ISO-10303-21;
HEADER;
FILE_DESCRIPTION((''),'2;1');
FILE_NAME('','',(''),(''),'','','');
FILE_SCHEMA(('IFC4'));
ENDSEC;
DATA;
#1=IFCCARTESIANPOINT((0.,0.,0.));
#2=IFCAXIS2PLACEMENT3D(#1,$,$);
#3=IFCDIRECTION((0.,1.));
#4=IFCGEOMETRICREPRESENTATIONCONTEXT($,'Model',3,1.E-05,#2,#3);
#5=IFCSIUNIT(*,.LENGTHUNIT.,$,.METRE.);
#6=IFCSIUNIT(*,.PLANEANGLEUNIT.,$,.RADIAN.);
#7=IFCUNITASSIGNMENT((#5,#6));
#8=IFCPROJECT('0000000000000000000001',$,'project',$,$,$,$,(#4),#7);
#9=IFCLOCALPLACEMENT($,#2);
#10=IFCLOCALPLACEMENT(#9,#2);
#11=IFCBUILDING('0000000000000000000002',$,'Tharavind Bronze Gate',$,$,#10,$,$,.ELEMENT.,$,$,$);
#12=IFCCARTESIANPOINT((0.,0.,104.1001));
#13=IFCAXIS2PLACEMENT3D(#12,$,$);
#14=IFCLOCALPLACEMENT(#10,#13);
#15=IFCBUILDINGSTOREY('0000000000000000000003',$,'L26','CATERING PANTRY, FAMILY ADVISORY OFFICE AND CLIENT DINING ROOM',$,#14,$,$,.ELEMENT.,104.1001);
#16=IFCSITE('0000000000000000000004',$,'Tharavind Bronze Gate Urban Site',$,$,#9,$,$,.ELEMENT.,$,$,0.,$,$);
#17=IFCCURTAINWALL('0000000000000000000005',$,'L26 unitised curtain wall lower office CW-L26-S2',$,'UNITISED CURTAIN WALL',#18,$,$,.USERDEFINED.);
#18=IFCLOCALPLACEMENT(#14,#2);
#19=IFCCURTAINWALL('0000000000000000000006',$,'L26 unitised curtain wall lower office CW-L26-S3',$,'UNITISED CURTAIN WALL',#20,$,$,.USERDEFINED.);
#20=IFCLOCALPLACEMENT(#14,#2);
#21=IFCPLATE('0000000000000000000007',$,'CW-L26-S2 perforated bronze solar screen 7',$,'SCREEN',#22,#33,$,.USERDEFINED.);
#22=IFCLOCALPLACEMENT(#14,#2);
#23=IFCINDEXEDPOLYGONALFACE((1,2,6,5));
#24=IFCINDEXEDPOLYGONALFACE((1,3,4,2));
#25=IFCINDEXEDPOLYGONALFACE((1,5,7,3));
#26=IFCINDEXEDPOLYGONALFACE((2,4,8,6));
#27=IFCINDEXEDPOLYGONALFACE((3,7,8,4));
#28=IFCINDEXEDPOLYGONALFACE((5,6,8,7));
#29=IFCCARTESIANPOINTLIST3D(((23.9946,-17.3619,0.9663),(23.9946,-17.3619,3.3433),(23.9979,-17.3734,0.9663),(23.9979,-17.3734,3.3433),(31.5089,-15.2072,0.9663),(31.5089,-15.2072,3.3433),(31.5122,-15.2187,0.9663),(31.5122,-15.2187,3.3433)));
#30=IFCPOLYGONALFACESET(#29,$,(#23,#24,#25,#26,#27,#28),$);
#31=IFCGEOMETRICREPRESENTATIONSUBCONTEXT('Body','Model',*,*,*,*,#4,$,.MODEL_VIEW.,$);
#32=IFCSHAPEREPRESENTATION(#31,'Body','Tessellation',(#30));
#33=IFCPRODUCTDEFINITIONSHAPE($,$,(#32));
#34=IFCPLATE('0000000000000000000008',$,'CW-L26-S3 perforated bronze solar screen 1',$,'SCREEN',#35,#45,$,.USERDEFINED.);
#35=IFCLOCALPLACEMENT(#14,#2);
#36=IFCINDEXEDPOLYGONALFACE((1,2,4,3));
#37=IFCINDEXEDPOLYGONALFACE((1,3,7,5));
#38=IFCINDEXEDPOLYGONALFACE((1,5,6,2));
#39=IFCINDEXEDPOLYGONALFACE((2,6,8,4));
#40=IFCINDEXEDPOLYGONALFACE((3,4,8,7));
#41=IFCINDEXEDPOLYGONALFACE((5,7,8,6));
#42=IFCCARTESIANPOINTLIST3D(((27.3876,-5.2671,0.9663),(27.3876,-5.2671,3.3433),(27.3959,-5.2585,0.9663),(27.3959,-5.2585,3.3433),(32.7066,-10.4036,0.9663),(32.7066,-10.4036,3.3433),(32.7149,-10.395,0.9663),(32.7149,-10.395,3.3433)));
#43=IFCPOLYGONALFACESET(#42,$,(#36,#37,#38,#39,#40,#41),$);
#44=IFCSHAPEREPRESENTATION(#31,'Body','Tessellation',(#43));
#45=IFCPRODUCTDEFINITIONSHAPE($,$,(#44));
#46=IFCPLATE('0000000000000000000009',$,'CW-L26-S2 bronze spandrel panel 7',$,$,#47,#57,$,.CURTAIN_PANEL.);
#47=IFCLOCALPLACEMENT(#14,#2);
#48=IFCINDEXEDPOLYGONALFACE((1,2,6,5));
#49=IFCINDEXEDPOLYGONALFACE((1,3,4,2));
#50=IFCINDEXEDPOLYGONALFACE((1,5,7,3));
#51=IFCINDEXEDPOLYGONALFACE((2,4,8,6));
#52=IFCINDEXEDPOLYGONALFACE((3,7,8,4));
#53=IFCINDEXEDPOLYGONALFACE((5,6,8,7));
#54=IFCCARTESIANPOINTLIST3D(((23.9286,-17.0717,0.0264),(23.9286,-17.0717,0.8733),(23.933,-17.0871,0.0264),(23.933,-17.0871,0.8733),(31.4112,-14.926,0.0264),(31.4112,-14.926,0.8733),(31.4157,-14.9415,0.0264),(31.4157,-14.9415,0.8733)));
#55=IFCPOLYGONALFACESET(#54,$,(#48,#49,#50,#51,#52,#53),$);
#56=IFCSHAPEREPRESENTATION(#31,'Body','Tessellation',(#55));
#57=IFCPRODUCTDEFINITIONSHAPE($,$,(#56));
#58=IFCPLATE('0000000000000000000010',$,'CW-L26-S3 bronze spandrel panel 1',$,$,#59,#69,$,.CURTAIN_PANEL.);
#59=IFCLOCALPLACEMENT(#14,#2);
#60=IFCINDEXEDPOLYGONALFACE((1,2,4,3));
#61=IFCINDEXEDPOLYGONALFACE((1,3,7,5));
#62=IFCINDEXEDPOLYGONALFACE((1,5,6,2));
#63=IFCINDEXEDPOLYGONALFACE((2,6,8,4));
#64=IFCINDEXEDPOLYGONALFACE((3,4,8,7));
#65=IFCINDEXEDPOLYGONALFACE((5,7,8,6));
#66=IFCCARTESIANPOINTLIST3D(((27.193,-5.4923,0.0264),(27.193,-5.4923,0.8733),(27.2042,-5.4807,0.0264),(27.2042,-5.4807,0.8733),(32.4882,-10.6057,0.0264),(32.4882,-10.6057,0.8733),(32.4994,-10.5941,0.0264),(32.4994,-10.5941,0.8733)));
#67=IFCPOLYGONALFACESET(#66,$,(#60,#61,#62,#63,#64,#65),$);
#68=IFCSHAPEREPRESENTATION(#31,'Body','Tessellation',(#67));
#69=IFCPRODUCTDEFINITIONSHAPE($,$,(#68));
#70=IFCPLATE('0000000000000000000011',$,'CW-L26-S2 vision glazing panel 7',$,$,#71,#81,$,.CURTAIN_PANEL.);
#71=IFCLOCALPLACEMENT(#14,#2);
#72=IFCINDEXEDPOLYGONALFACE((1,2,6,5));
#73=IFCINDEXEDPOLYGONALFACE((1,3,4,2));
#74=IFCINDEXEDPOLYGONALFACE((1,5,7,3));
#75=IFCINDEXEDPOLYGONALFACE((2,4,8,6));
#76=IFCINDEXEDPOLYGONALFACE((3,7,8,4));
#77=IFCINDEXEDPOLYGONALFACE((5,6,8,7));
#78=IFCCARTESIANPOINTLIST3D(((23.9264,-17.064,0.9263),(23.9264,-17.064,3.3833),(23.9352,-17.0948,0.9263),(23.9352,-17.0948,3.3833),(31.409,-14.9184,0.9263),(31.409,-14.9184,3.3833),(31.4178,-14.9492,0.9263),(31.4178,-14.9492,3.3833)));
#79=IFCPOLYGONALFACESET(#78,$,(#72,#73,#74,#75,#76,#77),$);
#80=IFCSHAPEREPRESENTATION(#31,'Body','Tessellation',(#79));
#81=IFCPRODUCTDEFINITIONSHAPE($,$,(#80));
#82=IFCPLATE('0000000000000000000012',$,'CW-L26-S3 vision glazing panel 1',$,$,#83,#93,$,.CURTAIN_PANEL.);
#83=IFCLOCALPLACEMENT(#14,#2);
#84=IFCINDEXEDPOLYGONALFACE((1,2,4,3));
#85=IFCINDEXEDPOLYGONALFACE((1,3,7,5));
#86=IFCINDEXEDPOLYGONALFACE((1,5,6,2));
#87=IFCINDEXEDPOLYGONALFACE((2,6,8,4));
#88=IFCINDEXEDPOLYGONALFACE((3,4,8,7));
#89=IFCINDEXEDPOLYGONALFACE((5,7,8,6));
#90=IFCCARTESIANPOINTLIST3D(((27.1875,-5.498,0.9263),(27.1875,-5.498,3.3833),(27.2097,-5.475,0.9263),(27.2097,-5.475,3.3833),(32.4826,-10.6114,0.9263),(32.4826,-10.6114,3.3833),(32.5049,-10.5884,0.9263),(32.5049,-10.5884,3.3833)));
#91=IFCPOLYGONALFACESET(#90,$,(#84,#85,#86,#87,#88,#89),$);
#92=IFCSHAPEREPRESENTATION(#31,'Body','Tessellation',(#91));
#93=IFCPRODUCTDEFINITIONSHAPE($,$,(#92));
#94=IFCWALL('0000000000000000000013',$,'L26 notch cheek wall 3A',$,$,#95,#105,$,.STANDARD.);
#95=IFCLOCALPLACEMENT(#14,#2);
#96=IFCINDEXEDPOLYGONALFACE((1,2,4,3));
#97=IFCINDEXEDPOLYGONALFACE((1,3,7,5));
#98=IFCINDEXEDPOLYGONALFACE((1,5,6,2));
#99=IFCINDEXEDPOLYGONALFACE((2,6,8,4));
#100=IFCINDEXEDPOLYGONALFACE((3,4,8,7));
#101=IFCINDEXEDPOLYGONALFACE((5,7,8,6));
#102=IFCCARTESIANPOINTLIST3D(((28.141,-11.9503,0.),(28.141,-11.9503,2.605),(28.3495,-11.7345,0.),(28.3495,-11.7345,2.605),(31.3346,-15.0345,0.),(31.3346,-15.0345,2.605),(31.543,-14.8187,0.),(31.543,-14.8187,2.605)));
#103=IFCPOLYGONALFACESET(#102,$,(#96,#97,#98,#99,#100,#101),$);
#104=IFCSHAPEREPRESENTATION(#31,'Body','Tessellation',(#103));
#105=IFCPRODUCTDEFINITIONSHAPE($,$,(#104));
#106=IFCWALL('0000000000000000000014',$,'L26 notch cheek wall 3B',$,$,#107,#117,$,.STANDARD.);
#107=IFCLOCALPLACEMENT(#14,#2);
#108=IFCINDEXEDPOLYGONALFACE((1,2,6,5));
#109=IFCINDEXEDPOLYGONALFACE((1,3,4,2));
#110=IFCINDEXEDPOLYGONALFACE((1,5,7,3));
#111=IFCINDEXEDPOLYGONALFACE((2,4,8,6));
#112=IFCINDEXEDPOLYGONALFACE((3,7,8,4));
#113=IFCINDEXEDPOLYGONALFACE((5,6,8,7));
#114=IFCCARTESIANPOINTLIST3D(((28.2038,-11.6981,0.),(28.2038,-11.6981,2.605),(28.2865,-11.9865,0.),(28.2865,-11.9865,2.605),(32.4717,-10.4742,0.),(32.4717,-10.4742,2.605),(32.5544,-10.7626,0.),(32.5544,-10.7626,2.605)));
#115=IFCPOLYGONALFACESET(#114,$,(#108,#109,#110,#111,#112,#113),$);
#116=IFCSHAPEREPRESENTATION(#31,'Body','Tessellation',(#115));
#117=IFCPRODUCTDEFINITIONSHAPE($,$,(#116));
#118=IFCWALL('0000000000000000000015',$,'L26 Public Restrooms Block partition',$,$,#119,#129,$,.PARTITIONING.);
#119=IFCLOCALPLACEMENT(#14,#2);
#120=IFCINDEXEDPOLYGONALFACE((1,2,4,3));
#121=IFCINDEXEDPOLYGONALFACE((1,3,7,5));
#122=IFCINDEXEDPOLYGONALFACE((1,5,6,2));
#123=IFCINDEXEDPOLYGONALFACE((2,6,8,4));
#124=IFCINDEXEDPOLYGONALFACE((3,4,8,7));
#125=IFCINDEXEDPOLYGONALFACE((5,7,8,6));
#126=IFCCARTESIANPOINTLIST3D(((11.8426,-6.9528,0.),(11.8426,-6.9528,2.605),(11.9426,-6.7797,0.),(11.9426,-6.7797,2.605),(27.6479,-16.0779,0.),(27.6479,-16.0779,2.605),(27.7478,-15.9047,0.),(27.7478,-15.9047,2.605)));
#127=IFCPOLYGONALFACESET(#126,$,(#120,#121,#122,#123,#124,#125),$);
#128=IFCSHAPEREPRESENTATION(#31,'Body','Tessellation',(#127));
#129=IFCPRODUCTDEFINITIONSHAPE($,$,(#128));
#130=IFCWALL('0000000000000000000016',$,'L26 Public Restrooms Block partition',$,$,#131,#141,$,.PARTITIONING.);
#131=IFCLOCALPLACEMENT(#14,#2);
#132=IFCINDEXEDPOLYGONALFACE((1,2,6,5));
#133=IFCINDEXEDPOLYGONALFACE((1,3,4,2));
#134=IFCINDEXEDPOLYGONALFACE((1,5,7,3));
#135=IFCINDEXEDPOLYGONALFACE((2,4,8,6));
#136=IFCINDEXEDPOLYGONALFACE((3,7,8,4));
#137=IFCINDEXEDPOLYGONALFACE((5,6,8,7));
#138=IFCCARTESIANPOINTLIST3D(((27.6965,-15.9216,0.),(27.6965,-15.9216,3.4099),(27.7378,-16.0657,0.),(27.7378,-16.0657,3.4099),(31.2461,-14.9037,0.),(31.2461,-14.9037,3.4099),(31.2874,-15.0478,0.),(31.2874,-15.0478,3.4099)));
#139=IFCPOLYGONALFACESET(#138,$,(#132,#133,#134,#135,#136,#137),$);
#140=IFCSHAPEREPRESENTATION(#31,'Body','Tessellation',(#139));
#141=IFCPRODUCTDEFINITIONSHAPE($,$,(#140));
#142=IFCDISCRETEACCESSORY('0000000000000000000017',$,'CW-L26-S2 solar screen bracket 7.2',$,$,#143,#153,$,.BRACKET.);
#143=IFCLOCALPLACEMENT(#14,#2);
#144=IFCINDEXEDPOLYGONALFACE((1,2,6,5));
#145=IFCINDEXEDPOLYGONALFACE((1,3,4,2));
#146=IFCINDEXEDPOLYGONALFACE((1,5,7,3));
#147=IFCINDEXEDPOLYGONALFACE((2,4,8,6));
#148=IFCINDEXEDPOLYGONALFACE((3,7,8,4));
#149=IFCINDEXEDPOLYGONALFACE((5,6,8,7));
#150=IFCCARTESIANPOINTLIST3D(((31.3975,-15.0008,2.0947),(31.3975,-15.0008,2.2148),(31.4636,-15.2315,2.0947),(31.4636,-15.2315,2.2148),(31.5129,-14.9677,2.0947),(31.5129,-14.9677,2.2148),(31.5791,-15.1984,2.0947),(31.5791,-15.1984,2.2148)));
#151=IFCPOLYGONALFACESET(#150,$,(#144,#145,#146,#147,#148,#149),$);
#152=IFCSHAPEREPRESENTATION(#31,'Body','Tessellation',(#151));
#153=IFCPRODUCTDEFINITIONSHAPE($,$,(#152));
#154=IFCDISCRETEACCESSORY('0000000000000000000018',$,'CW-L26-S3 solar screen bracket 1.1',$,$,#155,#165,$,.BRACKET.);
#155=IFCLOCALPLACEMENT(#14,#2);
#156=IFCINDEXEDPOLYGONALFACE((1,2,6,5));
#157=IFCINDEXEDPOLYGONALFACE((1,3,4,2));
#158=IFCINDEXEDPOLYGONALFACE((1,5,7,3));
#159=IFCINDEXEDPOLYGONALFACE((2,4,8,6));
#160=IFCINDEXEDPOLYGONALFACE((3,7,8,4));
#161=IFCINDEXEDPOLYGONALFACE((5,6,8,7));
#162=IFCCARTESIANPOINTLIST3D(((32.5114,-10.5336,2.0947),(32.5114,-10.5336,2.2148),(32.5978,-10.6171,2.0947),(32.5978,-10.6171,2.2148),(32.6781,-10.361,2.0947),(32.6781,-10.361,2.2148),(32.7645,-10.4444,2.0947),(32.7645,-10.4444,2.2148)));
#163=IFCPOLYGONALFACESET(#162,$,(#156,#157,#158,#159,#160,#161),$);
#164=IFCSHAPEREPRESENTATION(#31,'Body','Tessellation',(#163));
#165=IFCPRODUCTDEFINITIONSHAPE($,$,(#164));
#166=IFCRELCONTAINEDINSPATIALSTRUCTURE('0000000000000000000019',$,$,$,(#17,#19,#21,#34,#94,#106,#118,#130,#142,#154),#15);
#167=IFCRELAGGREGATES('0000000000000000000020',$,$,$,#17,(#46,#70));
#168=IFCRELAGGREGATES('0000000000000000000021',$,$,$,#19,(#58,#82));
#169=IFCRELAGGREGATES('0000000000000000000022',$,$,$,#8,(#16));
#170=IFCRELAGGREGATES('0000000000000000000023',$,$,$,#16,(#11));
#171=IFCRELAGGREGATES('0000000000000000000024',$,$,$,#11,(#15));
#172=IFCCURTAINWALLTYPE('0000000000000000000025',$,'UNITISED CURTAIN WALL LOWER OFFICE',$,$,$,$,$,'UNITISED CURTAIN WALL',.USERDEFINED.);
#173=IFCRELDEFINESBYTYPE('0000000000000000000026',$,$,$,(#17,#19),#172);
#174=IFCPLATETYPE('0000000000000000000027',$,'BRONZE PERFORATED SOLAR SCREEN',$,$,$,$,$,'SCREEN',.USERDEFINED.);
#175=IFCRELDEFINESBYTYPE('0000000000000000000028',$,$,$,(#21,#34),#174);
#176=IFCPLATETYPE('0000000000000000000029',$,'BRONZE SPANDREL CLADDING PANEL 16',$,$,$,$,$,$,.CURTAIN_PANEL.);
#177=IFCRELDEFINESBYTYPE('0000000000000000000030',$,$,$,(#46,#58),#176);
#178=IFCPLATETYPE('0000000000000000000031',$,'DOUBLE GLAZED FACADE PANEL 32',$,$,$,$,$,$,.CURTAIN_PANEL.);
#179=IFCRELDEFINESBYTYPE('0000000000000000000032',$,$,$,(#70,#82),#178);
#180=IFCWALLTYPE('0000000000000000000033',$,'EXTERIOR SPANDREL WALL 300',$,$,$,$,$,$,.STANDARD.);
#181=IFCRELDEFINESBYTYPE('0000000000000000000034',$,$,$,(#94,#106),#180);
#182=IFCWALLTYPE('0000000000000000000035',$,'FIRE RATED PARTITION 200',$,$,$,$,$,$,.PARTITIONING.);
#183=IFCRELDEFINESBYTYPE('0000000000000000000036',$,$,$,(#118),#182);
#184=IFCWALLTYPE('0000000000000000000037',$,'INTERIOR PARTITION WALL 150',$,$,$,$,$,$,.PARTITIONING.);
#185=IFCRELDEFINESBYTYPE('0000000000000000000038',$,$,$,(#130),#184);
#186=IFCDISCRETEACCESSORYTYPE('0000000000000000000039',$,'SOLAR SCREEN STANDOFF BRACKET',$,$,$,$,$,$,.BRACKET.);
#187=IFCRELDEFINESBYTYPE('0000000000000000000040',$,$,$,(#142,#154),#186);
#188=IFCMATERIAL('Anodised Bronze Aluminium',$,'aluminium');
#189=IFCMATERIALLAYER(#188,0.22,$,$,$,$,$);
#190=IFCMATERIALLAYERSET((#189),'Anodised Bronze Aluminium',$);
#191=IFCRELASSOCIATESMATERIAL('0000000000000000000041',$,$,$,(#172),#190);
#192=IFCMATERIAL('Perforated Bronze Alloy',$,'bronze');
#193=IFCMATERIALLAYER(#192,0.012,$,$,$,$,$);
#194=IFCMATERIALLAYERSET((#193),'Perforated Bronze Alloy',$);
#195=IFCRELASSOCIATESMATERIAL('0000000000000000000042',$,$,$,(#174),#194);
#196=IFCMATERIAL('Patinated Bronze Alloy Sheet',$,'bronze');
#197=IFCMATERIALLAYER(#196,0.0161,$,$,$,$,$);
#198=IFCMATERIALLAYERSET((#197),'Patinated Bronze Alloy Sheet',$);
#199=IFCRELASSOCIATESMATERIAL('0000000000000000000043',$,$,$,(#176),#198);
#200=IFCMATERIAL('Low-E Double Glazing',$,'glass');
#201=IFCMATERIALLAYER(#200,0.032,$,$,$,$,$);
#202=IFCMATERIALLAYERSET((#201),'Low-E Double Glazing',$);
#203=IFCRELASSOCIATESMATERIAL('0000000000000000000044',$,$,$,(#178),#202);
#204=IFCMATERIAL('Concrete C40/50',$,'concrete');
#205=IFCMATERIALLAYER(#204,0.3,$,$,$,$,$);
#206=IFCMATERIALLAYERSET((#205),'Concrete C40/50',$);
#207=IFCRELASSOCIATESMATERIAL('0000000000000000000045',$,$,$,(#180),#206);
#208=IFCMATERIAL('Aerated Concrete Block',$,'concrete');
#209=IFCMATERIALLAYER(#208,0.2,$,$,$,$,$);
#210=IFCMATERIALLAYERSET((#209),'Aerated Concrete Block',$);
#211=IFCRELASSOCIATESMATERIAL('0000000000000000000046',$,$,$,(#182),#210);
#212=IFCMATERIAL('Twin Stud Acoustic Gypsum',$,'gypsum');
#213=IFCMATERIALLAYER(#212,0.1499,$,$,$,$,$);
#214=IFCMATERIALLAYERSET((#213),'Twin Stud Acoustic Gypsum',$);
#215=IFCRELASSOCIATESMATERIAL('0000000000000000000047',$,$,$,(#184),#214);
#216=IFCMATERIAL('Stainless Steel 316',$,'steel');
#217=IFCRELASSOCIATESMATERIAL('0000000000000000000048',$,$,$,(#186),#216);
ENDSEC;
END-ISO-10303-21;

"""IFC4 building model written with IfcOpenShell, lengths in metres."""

from ifc_helpers import new_model, si_unit, direction, frame, frame_2d, origin, origin_2d, place, context, subcontext, project, spatial, rectangle, extrude, material, layer, layer_set, type_object, element, aggregate, save


model = new_model("IFC4")

# Units and contexts
model_context = context("Model", 3, precision=1e-05, world=origin(), true_north=direction((0.0, 1.0)))
body_context = subcontext(model_context, "Body", "Model", "MODEL_VIEW")
ifc_project = project(units=[si_unit("LENGTHUNIT", "METRE"), si_unit("PLANEANGLEUNIT", "RADIAN")], contexts=[model_context])

# Site, building, storey
site_placement = place(None, origin())
site = spatial("IfcSite", under=ifc_project, at=site_placement, Name="Tharavind Bronze Gate Urban Site", CompositionType="ELEMENT", RefElevation=0.0)
building_placement = place(site_placement, origin())
building = spatial("IfcBuilding", under=site, at=building_placement, Name="Tharavind Bronze Gate", CompositionType="ELEMENT")
storey_placement = place(building_placement, frame((0.0, 0.0, 104.1001)))
storey = spatial("IfcBuildingStorey", under=building, at=storey_placement, Name="L26", Description="CATERING PANTRY, FAMILY ADVISORY OFFICE AND CLIENT DINING ROOM", CompositionType="ELEMENT", Elevation=104.1001)

# Curtain wall
ifc_material_1 = material(Name="Anodised Bronze Aluminium", Category="aluminium")
ifc_layer_1 = layer(ifc_material_1, 0.22)
ifc_layer_set_1 = layer_set([ifc_layer_1], Name="Anodised Bronze Aluminium")
curtain_wall_type = type_object("IfcCurtainWallType", Name="UNITISED CURTAIN WALL LOWER OFFICE", ElementType="UNITISED CURTAIN WALL", PredefinedType="USERDEFINED", material=ifc_layer_set_1)
curtain_wall_1_placement = place(storey_placement, origin())
curtain_wall_1 = element("IfcCurtainWall", 1, at=curtain_wall_1_placement, inside=storey, type_object=curtain_wall_type, Name="L26 unitised curtain wall lower office CW-L26-S2", ObjectType="UNITISED CURTAIN WALL", PredefinedType="USERDEFINED")

# Curtain wall
curtain_wall_2_placement = place(storey_placement, origin())
curtain_wall_2 = element("IfcCurtainWall", 2, at=curtain_wall_2_placement, inside=storey, type_object=curtain_wall_type, Name="L26 unitised curtain wall lower office CW-L26-S3", ObjectType="UNITISED CURTAIN WALL", PredefinedType="USERDEFINED")

# Plates
ifc_material_2 = material(Name="Perforated Bronze Alloy", Category="bronze")
ifc_layer_2 = layer(ifc_material_2, 0.012)
ifc_layer_set_2 = layer_set([ifc_layer_2], Name="Perforated Bronze Alloy")
plate_type_1 = type_object("IfcPlateType", Name="BRONZE PERFORATED SOLAR SCREEN", ElementType="SCREEN", PredefinedType="USERDEFINED", material=ifc_layer_set_2)
plate_1_placement = place(storey_placement, frame((27.7534, -16.2903, 0.9663), z_axis=(0.0, 0.0, 1.0), x_axis=(0.961262, 0.275637, 0.0)))
element("IfcPlate", 3, at=plate_1_placement, inside=storey, type_object=plate_type_1, Name="CW-L26-S2 perforated bronze solar screen 7", ObjectType="SCREEN", PredefinedType="USERDEFINED", context=body_context, shape_type="SweptSolid", body=[
    extrude(rectangle(XDim=7.8171, YDim=0.012, at=origin_2d()), origin(), (0.0, 0.0, 1.0), 2.377),
])
plate_2_placement = place(storey_placement, frame((30.0513, -7.8311, 0.9663), z_axis=(0.0, 0.0, 1.0), x_axis=(-0.719341, 0.694657, 0.0)))
element("IfcPlate", 4, at=plate_2_placement, inside=storey, type_object=plate_type_1, Name="CW-L26-S3 perforated bronze solar screen 1", ObjectType="SCREEN", PredefinedType="USERDEFINED", context=body_context, shape_type="SweptSolid", body=[
    extrude(rectangle(XDim=7.3943, YDim=0.012, at=origin_2d()), origin(), (0.0, 0.0, 1.0), 2.377),
])

# Plates
ifc_material_3 = material(Name="Patinated Bronze Alloy Sheet", Category="bronze")
ifc_layer_3 = layer(ifc_material_3, 0.0161)
ifc_layer_set_3 = layer_set([ifc_layer_3], Name="Patinated Bronze Alloy Sheet")
plate_type_2 = type_object("IfcPlateType", Name="BRONZE SPANDREL CLADDING PANEL 16", PredefinedType="CURTAIN_PANEL", material=ifc_layer_set_3)
plate_3_placement = place(storey_placement, frame((27.6721, -16.0066, 0.0264), z_axis=(0.0, 0.0, 1.0), x_axis=(0.961262, 0.275637, 0.0)))
plate_3 = element("IfcPlate", 5, at=plate_3_placement, type_object=plate_type_2, Name="CW-L26-S2 bronze spandrel panel 7", PredefinedType="CURTAIN_PANEL", context=body_context, shape_type="SweptSolid", body=[
    extrude(rectangle(XDim=7.7842, YDim=0.0161, at=origin_2d()), origin(), (0.0, 0.0, 1.0), 0.8469),
])
plate_4_placement = place(storey_placement, frame((29.8462, -8.0432, 0.0264), z_axis=(0.0, 0.0, 1.0), x_axis=(-0.719341, 0.694657, 0.0)))
plate_4 = element("IfcPlate", 6, at=plate_4_placement, type_object=plate_type_2, Name="CW-L26-S3 bronze spandrel panel 1", PredefinedType="CURTAIN_PANEL", context=body_context, shape_type="SweptSolid", body=[
    extrude(rectangle(XDim=7.3611, YDim=0.0161, at=origin_2d()), origin(), (0.0, 0.0, 1.0), 0.8469),
])
ifc_material_4 = material(Name="Low-E Double Glazing", Category="glass")
ifc_layer_4 = layer(ifc_material_4, 0.032)
ifc_layer_set_4 = layer_set([ifc_layer_4], Name="Low-E Double Glazing")
plate_type_3 = type_object("IfcPlateType", Name="DOUBLE GLAZED FACADE PANEL 32", PredefinedType="CURTAIN_PANEL", material=ifc_layer_set_4)
plate_5_placement = place(storey_placement, frame((27.6721, -16.0066, 0.9263), z_axis=(0.0, 0.0, 1.0), x_axis=(0.961262, 0.275637, 0.0)))
plate_5 = element("IfcPlate", 7, at=plate_5_placement, type_object=plate_type_3, Name="CW-L26-S2 vision glazing panel 7", PredefinedType="CURTAIN_PANEL", context=body_context, shape_type="SweptSolid", body=[
    extrude(rectangle(XDim=7.7842, YDim=0.032, at=origin_2d()), origin(), (0.0, 0.0, 1.0), 2.457),
])
aggregate(curtain_wall_1, [plate_3, plate_5])
plate_6_placement = place(storey_placement, frame((29.8462, -8.0432, 0.9263), z_axis=(0.0, 0.0, 1.0), x_axis=(-0.719341, 0.694657, 0.0)))
plate_6 = element("IfcPlate", 8, at=plate_6_placement, type_object=plate_type_3, Name="CW-L26-S3 vision glazing panel 1", PredefinedType="CURTAIN_PANEL", context=body_context, shape_type="SweptSolid", body=[
    extrude(rectangle(XDim=7.3611, YDim=0.032, at=origin_2d()), origin(), (0.0, 0.0, 1.0), 2.457),
])
aggregate(curtain_wall_2, [plate_4, plate_6])

# Walls
ifc_material_5 = material(Name="Concrete C40/50", Category="concrete")
ifc_layer_5 = layer(ifc_material_5, 0.3)
ifc_layer_set_5 = layer_set([ifc_layer_5], Name="Concrete C40/50")
wall_type_1 = type_object("IfcWallType", Name="EXTERIOR SPANDREL WALL 300", PredefinedType="STANDARD", material=ifc_layer_set_5)
wall_1_placement = place(storey_placement, frame((31.4387, -14.9265, 0.0), z_axis=(0.0, 0.0, 1.0), x_axis=(-0.719317, 0.694682, 0.0)))
element("IfcWall", 9, at=wall_1_placement, inside=storey, type_object=wall_type_1, Name="L26 notch cheek wall 3A", PredefinedType="STANDARD", context=body_context, shape_type="SweptSolid", body=[
    extrude(rectangle(XDim=4.4397, YDim=0.3, at=frame_2d((2.2197, 0.0))), origin(), (0.0, 0.0, 1.0), 2.605),
])
wall_2_placement = place(storey_placement, frame((28.2451, -11.8423, 0.0), z_axis=(0.0, 0.0, 1.0), x_axis=(0.961256, 0.275658, 0.0)))
element("IfcWall", 10, at=wall_2_placement, inside=storey, type_object=wall_type_1, Name="L26 notch cheek wall 3B", PredefinedType="STANDARD", context=body_context, shape_type="SweptSolid", body=[
    extrude(rectangle(XDim=4.4399, YDim=0.3, at=frame_2d((2.22, 0.0))), origin(), (0.0, 0.0, 1.0), 2.605),
])
ifc_material_6 = material(Name="Aerated Concrete Block", Category="concrete")
ifc_layer_6 = layer(ifc_material_6, 0.2)
ifc_layer_set_6 = layer_set([ifc_layer_6], Name="Aerated Concrete Block")
wall_type_2 = type_object("IfcWallType", Name="FIRE RATED PARTITION 200", PredefinedType="PARTITIONING", material=ifc_layer_set_6)
wall_3_placement = place(storey_placement, frame((27.6978, -15.9912, 0.0), z_axis=(0.0, 0.0, 1.0), x_axis=(-0.866028, 0.499995, 0.0)))
element("IfcWall", 11, at=wall_3_placement, inside=storey, type_object=wall_type_2, Name="L26 Public Restrooms Block partition", PredefinedType="PARTITIONING", context=body_context, shape_type="SweptSolid", body=[
    extrude(rectangle(XDim=18.2502, YDim=0.2, at=frame_2d((9.125, 0.0))), origin(), (0.0, 0.0, 1.0), 2.605),
])
ifc_material_7 = material(Name="Twin Stud Acoustic Gypsum", Category="gypsum")
ifc_layer_7 = layer(ifc_material_7, 0.1499)
ifc_layer_set_7 = layer_set([ifc_layer_7], Name="Twin Stud Acoustic Gypsum")
wall_type_3 = type_object("IfcWallType", Name="INTERIOR PARTITION WALL 150", PredefinedType="PARTITIONING", material=ifc_layer_set_7)
wall_4_placement = place(storey_placement, frame((31.2666, -14.9758, 0.0), z_axis=(0.0, 0.0, 1.0), x_axis=(-0.961262, -0.275638, 0.0)))
element("IfcWall", 12, at=wall_4_placement, inside=storey, type_object=wall_type_3, Name="L26 Public Restrooms Block partition", PredefinedType="PARTITIONING", context=body_context, shape_type="SweptSolid", body=[
    extrude(rectangle(XDim=3.6926, YDim=0.1499, at=frame_2d((1.8462, 0.0))), origin(), (0.0, 0.0, 1.0), 3.4099),
])

# Discrete accessories
ifc_material_8 = material(Name="Stainless Steel 316", Category="steel")
discrete_accessory_type = type_object("IfcDiscreteAccessoryType", Name="SOLAR SCREEN STANDOFF BRACKET", PredefinedType="BRACKET", material=ifc_material_8)
for number, where, z_axis, x_axis, name in (
    (13, (31.4883, -15.0996, 2.0947), (0.0, 0.0, 1.0), (0.961262, 0.275637, 0.0), "CW-L26-S2 solar screen bracket 7.2"),
    (14, (32.6379, -10.489, 2.0947), (0.0, 0.0, 1.0), (-0.719341, 0.694657, 0.0), "CW-L26-S3 solar screen bracket 1.1"),
):
    element("IfcDiscreteAccessory", number, at=place(storey_placement, frame(where, z_axis=z_axis, x_axis=x_axis)), inside=storey, type_object=discrete_accessory_type, Name=name, PredefinedType="BRACKET", context=body_context, shape_type="SweptSolid", body=[
        extrude(rectangle(XDim=0.1201, YDim=0.24, at=origin_2d()), origin(), (0.0, 0.0, 1.0), 0.1201),
    ])

save(model, "model.ifc")
